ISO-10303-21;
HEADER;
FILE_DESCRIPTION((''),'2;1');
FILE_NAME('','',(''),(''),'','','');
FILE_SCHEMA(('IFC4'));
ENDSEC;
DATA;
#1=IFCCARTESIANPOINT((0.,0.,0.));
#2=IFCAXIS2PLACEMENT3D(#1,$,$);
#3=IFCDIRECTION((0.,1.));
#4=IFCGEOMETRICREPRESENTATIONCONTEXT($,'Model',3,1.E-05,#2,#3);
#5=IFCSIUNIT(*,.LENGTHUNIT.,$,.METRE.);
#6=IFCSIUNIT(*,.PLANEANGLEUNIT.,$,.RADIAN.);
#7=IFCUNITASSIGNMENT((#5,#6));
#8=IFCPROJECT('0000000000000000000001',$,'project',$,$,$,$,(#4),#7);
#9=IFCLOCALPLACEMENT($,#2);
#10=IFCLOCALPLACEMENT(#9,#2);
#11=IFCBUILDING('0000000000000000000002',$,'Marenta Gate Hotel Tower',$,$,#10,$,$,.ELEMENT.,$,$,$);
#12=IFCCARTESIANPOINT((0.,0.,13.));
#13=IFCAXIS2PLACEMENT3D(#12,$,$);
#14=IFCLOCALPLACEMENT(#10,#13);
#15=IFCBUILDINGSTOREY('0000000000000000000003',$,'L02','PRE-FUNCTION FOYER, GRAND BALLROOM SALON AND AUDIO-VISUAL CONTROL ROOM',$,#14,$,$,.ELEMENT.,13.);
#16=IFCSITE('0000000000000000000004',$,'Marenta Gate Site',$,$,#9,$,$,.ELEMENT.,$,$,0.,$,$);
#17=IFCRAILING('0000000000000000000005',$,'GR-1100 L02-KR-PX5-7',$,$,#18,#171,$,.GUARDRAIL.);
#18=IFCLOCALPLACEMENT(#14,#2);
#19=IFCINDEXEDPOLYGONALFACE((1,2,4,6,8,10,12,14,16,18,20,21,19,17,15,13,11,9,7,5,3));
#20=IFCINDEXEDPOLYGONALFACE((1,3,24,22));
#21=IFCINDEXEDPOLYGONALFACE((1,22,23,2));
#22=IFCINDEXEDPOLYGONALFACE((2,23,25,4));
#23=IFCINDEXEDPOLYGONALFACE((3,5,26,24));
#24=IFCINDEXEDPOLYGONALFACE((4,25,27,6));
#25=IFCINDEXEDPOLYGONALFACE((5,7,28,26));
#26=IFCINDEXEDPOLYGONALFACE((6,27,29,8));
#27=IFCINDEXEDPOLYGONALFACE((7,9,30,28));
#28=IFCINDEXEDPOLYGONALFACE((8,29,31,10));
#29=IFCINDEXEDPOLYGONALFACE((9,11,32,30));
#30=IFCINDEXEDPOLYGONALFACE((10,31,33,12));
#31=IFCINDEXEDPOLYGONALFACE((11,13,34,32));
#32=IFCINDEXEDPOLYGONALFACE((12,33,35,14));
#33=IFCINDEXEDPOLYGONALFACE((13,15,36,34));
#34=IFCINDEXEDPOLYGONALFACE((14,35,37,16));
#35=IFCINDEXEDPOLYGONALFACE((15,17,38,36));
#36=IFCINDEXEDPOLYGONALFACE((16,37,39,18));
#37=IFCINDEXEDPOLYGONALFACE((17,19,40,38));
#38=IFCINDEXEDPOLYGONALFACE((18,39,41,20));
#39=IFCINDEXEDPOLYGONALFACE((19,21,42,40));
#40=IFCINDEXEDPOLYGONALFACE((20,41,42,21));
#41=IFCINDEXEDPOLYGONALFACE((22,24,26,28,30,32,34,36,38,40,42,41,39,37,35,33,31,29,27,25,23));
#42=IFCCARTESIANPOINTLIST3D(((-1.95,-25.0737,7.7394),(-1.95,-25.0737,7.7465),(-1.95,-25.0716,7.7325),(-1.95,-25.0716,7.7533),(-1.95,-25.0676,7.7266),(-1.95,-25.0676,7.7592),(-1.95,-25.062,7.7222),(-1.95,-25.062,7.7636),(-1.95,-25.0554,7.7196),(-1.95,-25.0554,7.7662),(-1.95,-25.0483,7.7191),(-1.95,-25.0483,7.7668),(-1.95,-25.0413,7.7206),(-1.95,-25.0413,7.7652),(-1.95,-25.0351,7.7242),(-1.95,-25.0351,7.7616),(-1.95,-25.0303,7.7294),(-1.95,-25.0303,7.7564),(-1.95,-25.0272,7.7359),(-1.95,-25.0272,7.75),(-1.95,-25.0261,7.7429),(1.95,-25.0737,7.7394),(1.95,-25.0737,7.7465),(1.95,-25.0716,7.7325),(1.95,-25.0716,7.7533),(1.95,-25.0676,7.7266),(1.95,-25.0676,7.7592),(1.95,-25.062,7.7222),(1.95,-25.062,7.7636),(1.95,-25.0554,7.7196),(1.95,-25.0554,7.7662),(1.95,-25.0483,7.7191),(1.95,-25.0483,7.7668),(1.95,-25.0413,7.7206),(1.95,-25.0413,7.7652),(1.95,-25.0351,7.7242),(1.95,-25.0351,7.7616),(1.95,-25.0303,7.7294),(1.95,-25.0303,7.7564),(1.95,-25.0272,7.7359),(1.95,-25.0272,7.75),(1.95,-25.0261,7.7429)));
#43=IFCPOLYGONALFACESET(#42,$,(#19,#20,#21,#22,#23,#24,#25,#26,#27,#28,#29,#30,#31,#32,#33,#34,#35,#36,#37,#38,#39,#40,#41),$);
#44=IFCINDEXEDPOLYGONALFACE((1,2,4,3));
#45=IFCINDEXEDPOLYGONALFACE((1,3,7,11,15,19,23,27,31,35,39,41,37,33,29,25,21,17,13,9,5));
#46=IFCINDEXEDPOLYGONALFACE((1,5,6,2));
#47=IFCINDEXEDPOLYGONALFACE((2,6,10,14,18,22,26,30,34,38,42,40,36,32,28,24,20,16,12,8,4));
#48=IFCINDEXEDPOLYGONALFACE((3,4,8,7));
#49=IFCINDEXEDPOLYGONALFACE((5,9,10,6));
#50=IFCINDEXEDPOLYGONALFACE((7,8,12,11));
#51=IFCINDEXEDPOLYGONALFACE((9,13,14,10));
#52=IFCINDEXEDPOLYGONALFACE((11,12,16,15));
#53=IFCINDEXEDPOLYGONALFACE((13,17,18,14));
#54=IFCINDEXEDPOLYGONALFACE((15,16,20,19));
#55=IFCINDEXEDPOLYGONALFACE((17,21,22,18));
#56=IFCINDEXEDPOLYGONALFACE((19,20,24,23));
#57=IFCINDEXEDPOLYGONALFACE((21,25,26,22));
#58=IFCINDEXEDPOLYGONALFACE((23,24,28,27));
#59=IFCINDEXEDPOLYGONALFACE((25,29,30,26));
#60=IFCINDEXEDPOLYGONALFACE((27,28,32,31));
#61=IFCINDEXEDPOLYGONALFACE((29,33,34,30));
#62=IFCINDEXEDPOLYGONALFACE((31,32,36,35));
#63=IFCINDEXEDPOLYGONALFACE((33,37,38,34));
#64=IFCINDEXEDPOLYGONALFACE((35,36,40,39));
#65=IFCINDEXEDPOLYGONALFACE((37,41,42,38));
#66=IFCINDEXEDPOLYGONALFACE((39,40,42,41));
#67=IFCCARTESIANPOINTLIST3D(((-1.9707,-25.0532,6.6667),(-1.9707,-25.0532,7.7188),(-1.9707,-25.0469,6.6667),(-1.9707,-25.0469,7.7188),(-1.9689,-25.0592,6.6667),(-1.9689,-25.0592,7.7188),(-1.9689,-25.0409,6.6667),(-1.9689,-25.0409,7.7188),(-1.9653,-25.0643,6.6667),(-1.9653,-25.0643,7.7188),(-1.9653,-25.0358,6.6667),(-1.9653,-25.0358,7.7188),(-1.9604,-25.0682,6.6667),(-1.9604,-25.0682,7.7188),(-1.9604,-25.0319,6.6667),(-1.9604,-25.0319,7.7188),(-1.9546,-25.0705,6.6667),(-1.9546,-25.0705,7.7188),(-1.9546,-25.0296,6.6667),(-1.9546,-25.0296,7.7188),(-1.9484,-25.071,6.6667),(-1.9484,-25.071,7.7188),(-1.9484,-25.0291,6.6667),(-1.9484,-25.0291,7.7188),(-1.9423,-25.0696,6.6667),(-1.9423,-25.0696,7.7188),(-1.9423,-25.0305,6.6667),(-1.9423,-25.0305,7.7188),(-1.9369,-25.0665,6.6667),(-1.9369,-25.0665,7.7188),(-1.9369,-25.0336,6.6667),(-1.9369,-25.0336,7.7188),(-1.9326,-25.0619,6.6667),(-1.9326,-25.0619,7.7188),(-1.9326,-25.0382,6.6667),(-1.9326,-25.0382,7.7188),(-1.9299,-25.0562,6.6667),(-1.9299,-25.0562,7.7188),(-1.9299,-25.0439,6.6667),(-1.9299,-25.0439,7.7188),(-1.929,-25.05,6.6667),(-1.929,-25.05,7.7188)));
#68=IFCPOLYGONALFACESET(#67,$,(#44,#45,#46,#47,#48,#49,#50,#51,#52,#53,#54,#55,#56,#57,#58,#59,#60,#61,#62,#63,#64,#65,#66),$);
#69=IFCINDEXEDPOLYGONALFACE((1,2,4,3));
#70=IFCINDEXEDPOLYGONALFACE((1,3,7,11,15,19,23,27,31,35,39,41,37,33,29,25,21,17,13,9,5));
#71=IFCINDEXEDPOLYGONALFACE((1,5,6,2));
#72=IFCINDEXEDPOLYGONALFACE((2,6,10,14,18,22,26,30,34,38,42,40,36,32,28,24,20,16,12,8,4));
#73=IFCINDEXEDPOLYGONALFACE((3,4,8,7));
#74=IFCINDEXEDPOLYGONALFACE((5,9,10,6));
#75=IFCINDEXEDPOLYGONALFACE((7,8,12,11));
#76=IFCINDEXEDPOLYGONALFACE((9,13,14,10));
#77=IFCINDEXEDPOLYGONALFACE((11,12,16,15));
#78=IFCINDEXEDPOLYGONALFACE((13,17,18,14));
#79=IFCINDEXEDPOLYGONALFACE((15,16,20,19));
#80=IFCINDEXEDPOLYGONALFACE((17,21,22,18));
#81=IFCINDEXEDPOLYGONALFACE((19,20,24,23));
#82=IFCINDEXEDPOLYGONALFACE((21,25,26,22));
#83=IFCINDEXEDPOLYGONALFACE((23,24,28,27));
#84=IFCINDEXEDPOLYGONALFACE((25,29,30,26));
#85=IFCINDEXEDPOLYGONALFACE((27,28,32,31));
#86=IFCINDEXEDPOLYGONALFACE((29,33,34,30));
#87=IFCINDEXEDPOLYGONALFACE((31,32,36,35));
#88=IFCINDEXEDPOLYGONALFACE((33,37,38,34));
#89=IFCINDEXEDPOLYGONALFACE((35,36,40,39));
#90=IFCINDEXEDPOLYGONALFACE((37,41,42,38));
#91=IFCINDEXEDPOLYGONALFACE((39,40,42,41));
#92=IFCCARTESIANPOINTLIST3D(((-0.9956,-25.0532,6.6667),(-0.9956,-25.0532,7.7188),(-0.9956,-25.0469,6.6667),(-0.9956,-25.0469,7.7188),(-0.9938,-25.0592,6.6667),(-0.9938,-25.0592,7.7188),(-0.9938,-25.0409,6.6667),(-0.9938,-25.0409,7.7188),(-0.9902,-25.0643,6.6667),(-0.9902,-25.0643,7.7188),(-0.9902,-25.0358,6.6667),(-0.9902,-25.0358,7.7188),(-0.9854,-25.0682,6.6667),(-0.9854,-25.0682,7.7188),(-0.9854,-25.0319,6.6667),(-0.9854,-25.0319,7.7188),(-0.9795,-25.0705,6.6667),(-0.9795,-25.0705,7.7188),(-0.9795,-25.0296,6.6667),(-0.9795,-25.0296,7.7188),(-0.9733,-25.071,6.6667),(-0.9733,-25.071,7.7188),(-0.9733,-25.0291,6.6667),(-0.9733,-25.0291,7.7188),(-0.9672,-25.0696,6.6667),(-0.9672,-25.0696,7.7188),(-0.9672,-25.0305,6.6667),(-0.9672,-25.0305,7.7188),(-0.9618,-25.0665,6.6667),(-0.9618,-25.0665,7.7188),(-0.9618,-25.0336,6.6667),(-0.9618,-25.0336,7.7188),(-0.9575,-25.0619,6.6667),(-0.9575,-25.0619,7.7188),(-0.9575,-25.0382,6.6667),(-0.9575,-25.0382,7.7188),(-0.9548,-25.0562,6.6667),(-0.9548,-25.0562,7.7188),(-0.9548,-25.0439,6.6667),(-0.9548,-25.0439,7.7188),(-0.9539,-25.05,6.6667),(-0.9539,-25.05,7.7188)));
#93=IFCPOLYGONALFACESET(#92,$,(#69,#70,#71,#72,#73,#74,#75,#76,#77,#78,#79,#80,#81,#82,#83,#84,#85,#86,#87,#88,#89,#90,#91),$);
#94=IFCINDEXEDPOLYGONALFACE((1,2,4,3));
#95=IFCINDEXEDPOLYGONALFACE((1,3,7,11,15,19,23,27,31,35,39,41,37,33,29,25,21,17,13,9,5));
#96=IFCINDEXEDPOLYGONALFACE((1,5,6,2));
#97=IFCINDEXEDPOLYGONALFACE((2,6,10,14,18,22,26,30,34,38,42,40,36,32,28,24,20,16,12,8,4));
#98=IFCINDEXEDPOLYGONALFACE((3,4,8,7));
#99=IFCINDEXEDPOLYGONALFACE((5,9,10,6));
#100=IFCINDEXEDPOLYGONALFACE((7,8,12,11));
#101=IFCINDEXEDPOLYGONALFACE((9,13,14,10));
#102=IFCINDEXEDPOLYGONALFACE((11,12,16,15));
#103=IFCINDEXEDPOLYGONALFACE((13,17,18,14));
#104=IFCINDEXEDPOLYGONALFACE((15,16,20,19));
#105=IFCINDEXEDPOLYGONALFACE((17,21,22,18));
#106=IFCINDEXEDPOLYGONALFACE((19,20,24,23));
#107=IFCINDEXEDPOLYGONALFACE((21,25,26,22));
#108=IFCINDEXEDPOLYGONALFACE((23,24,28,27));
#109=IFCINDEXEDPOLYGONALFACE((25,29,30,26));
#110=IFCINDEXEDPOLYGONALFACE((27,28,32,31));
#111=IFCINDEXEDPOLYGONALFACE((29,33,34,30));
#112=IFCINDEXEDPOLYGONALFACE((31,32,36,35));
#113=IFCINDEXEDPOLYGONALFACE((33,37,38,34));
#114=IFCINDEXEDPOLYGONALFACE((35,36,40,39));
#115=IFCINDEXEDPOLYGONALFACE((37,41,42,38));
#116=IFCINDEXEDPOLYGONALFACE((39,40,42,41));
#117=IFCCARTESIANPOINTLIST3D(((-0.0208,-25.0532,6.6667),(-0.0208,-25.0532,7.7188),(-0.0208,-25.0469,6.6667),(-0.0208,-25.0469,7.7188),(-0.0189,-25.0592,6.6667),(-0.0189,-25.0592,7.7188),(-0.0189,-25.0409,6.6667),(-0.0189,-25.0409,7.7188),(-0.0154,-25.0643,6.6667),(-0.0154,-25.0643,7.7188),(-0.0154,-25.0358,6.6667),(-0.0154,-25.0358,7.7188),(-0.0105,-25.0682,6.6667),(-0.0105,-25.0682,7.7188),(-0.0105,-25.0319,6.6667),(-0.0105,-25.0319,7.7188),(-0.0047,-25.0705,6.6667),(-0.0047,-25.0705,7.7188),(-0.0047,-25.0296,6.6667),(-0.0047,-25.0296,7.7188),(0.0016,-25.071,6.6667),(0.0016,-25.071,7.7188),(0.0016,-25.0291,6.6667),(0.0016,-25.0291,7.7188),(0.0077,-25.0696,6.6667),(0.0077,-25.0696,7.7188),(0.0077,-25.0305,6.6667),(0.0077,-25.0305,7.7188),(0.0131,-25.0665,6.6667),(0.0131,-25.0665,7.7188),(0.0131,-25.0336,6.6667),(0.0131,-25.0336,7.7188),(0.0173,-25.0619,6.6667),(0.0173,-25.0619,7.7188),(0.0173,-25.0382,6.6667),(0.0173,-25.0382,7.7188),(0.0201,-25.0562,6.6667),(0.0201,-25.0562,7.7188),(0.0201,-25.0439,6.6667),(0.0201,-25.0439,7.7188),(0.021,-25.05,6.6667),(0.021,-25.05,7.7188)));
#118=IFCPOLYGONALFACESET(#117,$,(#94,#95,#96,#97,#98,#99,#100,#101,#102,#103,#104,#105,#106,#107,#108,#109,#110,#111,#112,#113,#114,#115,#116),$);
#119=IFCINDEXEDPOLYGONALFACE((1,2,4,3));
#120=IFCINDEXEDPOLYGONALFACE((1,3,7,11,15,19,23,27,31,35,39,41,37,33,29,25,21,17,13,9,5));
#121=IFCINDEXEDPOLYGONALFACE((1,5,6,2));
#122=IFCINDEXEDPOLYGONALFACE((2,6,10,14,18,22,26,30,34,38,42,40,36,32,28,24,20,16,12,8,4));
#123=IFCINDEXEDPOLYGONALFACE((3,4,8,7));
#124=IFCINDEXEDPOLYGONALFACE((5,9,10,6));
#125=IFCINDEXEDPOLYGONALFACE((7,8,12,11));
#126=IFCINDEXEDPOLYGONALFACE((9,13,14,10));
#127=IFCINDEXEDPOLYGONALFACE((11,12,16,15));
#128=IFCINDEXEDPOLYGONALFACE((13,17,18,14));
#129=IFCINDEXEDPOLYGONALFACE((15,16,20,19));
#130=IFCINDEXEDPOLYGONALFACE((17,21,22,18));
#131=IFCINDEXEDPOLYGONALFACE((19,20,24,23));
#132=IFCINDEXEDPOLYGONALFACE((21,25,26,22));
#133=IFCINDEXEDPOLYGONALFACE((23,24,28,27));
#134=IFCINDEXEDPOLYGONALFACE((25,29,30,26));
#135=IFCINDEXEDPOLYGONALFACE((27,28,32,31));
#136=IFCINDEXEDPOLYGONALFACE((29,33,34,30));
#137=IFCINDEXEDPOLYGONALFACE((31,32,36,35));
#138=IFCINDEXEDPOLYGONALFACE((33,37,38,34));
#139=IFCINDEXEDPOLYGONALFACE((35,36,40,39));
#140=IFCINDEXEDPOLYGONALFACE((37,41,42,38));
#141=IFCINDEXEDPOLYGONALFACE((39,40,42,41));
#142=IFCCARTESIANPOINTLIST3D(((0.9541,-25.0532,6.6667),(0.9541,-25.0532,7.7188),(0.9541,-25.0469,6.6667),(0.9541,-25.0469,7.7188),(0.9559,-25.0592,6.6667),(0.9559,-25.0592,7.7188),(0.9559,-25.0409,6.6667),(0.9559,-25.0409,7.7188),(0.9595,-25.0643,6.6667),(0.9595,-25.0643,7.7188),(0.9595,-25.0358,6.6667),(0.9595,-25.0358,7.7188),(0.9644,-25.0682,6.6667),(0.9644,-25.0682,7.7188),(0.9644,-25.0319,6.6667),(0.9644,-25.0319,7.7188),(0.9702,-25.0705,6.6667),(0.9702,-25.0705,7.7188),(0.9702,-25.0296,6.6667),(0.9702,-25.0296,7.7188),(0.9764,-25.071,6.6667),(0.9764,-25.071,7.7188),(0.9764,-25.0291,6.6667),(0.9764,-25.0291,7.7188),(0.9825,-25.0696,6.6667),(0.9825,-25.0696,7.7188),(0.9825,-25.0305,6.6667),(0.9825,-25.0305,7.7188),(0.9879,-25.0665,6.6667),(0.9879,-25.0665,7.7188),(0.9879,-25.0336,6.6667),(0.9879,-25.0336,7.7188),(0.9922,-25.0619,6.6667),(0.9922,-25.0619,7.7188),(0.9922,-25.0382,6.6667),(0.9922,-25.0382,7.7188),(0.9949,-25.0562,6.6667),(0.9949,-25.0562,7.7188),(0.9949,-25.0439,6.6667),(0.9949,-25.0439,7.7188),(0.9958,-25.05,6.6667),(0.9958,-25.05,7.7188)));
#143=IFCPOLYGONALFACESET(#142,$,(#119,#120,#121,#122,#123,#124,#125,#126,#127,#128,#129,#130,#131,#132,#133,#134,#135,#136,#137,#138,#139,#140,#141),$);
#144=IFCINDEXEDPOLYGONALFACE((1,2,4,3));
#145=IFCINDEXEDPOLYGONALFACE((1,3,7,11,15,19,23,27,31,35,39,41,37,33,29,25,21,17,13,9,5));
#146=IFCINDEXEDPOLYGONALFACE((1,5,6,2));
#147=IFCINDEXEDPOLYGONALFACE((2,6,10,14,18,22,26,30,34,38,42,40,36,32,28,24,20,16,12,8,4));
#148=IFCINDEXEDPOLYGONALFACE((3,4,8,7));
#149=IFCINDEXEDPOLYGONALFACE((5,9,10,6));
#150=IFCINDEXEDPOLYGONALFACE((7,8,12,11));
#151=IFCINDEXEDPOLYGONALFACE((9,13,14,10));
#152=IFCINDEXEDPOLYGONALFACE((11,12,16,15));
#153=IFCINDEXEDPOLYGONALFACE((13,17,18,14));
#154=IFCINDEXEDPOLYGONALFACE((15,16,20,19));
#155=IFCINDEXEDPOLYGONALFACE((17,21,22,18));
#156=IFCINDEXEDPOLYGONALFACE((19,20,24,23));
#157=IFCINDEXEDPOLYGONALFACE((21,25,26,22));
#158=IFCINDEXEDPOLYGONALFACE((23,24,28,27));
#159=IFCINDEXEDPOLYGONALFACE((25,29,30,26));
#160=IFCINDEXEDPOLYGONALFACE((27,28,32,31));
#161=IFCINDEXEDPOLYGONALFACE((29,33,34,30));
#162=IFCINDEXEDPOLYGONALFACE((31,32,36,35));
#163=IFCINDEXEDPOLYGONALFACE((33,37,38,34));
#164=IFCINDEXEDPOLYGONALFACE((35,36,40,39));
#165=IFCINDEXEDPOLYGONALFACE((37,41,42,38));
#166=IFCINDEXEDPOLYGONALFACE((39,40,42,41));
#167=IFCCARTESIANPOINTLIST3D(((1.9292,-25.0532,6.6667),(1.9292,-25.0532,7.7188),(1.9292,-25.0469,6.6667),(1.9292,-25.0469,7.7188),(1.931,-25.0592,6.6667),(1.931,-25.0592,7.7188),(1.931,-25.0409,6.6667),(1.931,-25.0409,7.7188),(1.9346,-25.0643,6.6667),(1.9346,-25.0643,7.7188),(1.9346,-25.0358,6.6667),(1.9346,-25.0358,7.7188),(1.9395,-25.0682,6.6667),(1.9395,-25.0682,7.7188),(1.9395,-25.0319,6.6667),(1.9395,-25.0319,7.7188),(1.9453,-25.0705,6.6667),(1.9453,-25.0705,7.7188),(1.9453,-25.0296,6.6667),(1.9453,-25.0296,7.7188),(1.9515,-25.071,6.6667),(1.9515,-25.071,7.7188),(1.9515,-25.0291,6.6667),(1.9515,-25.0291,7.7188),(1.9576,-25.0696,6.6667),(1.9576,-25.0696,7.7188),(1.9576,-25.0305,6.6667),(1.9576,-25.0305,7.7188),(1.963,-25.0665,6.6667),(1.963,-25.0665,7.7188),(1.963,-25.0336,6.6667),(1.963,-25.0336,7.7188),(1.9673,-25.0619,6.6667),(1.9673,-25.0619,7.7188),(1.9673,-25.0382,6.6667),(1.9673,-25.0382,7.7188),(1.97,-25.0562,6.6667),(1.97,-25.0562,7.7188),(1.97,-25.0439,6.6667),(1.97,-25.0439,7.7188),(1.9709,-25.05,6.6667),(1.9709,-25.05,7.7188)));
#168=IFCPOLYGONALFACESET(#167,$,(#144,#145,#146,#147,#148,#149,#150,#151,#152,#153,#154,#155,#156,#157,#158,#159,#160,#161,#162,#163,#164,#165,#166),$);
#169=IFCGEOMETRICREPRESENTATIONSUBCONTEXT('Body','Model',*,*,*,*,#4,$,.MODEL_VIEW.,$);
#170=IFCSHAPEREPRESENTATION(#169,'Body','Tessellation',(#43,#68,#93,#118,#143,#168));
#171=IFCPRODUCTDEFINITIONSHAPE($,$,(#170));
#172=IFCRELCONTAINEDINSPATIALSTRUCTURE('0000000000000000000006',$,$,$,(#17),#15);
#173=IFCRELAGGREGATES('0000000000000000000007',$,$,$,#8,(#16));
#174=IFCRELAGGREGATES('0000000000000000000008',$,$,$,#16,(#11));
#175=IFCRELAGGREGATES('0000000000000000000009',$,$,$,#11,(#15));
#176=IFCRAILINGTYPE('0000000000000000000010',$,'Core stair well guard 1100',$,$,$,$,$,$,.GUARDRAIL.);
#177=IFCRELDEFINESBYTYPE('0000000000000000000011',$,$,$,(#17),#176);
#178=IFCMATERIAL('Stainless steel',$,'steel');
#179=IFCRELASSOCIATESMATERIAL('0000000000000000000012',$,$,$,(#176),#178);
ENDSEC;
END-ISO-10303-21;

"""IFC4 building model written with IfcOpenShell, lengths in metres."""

from ifc_helpers import new_model, si_unit, direction, frame, origin, origin_2d, place, context, subcontext, project, spatial, circle, extrude, material, type_object, element, save


model = new_model("IFC4")

# Units and contexts
model_context = context("Model", 3, precision=1e-05, world=origin(), true_north=direction((0.0, 1.0)))
body_context = subcontext(model_context, "Body", "Model", "MODEL_VIEW")
ifc_project = project(units=[si_unit("LENGTHUNIT", "METRE"), si_unit("PLANEANGLEUNIT", "RADIAN")], contexts=[model_context])

# Site, building, storey
site_placement = place(None, origin())
site = spatial("IfcSite", under=ifc_project, at=site_placement, Name="Marenta Gate Site", CompositionType="ELEMENT", RefElevation=0.0)
building_placement = place(site_placement, origin())
building = spatial("IfcBuilding", under=site, at=building_placement, Name="Marenta Gate Hotel Tower", CompositionType="ELEMENT")
storey_placement = place(building_placement, frame((0.0, 0.0, 13.0)))
storey = spatial("IfcBuildingStorey", under=building, at=storey_placement, Name="L02", Description="PRE-FUNCTION FOYER, GRAND BALLROOM SALON AND AUDIO-VISUAL CONTROL ROOM", CompositionType="ELEMENT", Elevation=13.0)

# Railing
ifc_material_1 = material(Name="Stainless steel", Category="steel")
railing_type_1 = type_object("IfcRailingType", Name="Core stair well guard 1100", PredefinedType="GUARDRAIL", material=ifc_material_1)
for number, where, name in (
    (1, (-1.95, -25.05, 6.6667), "GR-1100 L02-KR-PX5-7"),
):
    element("IfcRailing", number, at=place(storey_placement, frame(where)), inside=storey, type_object=railing_type_1, Name=name, PredefinedType="GUARDRAIL", context=body_context, shape_type="SweptSolid", body=[
        extrude(circle(Radius=0.0239, at=origin_2d()), frame((0.0, 0.0, 1.0762), z_axis=(1.0, 0.0, 0.0), x_axis=(0.0, 1.0, 0.0)), (0.0, 0.0, 1.0), 3.8999),
        extrude(circle(Radius=0.021, at=origin_2d()), origin(), (0.0, 0.0, 1.0), 1.052),
        extrude(circle(Radius=0.021, at=origin_2d()), frame((0.9751, 0.0, 0.0)), (0.0, 0.0, 1.0), 1.052),
        extrude(circle(Radius=0.021, at=origin_2d()), frame((1.95, 0.0, 0.0)), (0.0, 0.0, 1.0), 1.052),
        extrude(circle(Radius=0.021, at=origin_2d()), frame((2.9248, 0.0, 0.0)), (0.0, 0.0, 1.0), 1.052),
        extrude(circle(Radius=0.021, at=origin_2d()), frame((3.8999, 0.0, 0.0)), (0.0, 0.0, 1.0), 1.052),
    ])

save(model, "model.ifc")
